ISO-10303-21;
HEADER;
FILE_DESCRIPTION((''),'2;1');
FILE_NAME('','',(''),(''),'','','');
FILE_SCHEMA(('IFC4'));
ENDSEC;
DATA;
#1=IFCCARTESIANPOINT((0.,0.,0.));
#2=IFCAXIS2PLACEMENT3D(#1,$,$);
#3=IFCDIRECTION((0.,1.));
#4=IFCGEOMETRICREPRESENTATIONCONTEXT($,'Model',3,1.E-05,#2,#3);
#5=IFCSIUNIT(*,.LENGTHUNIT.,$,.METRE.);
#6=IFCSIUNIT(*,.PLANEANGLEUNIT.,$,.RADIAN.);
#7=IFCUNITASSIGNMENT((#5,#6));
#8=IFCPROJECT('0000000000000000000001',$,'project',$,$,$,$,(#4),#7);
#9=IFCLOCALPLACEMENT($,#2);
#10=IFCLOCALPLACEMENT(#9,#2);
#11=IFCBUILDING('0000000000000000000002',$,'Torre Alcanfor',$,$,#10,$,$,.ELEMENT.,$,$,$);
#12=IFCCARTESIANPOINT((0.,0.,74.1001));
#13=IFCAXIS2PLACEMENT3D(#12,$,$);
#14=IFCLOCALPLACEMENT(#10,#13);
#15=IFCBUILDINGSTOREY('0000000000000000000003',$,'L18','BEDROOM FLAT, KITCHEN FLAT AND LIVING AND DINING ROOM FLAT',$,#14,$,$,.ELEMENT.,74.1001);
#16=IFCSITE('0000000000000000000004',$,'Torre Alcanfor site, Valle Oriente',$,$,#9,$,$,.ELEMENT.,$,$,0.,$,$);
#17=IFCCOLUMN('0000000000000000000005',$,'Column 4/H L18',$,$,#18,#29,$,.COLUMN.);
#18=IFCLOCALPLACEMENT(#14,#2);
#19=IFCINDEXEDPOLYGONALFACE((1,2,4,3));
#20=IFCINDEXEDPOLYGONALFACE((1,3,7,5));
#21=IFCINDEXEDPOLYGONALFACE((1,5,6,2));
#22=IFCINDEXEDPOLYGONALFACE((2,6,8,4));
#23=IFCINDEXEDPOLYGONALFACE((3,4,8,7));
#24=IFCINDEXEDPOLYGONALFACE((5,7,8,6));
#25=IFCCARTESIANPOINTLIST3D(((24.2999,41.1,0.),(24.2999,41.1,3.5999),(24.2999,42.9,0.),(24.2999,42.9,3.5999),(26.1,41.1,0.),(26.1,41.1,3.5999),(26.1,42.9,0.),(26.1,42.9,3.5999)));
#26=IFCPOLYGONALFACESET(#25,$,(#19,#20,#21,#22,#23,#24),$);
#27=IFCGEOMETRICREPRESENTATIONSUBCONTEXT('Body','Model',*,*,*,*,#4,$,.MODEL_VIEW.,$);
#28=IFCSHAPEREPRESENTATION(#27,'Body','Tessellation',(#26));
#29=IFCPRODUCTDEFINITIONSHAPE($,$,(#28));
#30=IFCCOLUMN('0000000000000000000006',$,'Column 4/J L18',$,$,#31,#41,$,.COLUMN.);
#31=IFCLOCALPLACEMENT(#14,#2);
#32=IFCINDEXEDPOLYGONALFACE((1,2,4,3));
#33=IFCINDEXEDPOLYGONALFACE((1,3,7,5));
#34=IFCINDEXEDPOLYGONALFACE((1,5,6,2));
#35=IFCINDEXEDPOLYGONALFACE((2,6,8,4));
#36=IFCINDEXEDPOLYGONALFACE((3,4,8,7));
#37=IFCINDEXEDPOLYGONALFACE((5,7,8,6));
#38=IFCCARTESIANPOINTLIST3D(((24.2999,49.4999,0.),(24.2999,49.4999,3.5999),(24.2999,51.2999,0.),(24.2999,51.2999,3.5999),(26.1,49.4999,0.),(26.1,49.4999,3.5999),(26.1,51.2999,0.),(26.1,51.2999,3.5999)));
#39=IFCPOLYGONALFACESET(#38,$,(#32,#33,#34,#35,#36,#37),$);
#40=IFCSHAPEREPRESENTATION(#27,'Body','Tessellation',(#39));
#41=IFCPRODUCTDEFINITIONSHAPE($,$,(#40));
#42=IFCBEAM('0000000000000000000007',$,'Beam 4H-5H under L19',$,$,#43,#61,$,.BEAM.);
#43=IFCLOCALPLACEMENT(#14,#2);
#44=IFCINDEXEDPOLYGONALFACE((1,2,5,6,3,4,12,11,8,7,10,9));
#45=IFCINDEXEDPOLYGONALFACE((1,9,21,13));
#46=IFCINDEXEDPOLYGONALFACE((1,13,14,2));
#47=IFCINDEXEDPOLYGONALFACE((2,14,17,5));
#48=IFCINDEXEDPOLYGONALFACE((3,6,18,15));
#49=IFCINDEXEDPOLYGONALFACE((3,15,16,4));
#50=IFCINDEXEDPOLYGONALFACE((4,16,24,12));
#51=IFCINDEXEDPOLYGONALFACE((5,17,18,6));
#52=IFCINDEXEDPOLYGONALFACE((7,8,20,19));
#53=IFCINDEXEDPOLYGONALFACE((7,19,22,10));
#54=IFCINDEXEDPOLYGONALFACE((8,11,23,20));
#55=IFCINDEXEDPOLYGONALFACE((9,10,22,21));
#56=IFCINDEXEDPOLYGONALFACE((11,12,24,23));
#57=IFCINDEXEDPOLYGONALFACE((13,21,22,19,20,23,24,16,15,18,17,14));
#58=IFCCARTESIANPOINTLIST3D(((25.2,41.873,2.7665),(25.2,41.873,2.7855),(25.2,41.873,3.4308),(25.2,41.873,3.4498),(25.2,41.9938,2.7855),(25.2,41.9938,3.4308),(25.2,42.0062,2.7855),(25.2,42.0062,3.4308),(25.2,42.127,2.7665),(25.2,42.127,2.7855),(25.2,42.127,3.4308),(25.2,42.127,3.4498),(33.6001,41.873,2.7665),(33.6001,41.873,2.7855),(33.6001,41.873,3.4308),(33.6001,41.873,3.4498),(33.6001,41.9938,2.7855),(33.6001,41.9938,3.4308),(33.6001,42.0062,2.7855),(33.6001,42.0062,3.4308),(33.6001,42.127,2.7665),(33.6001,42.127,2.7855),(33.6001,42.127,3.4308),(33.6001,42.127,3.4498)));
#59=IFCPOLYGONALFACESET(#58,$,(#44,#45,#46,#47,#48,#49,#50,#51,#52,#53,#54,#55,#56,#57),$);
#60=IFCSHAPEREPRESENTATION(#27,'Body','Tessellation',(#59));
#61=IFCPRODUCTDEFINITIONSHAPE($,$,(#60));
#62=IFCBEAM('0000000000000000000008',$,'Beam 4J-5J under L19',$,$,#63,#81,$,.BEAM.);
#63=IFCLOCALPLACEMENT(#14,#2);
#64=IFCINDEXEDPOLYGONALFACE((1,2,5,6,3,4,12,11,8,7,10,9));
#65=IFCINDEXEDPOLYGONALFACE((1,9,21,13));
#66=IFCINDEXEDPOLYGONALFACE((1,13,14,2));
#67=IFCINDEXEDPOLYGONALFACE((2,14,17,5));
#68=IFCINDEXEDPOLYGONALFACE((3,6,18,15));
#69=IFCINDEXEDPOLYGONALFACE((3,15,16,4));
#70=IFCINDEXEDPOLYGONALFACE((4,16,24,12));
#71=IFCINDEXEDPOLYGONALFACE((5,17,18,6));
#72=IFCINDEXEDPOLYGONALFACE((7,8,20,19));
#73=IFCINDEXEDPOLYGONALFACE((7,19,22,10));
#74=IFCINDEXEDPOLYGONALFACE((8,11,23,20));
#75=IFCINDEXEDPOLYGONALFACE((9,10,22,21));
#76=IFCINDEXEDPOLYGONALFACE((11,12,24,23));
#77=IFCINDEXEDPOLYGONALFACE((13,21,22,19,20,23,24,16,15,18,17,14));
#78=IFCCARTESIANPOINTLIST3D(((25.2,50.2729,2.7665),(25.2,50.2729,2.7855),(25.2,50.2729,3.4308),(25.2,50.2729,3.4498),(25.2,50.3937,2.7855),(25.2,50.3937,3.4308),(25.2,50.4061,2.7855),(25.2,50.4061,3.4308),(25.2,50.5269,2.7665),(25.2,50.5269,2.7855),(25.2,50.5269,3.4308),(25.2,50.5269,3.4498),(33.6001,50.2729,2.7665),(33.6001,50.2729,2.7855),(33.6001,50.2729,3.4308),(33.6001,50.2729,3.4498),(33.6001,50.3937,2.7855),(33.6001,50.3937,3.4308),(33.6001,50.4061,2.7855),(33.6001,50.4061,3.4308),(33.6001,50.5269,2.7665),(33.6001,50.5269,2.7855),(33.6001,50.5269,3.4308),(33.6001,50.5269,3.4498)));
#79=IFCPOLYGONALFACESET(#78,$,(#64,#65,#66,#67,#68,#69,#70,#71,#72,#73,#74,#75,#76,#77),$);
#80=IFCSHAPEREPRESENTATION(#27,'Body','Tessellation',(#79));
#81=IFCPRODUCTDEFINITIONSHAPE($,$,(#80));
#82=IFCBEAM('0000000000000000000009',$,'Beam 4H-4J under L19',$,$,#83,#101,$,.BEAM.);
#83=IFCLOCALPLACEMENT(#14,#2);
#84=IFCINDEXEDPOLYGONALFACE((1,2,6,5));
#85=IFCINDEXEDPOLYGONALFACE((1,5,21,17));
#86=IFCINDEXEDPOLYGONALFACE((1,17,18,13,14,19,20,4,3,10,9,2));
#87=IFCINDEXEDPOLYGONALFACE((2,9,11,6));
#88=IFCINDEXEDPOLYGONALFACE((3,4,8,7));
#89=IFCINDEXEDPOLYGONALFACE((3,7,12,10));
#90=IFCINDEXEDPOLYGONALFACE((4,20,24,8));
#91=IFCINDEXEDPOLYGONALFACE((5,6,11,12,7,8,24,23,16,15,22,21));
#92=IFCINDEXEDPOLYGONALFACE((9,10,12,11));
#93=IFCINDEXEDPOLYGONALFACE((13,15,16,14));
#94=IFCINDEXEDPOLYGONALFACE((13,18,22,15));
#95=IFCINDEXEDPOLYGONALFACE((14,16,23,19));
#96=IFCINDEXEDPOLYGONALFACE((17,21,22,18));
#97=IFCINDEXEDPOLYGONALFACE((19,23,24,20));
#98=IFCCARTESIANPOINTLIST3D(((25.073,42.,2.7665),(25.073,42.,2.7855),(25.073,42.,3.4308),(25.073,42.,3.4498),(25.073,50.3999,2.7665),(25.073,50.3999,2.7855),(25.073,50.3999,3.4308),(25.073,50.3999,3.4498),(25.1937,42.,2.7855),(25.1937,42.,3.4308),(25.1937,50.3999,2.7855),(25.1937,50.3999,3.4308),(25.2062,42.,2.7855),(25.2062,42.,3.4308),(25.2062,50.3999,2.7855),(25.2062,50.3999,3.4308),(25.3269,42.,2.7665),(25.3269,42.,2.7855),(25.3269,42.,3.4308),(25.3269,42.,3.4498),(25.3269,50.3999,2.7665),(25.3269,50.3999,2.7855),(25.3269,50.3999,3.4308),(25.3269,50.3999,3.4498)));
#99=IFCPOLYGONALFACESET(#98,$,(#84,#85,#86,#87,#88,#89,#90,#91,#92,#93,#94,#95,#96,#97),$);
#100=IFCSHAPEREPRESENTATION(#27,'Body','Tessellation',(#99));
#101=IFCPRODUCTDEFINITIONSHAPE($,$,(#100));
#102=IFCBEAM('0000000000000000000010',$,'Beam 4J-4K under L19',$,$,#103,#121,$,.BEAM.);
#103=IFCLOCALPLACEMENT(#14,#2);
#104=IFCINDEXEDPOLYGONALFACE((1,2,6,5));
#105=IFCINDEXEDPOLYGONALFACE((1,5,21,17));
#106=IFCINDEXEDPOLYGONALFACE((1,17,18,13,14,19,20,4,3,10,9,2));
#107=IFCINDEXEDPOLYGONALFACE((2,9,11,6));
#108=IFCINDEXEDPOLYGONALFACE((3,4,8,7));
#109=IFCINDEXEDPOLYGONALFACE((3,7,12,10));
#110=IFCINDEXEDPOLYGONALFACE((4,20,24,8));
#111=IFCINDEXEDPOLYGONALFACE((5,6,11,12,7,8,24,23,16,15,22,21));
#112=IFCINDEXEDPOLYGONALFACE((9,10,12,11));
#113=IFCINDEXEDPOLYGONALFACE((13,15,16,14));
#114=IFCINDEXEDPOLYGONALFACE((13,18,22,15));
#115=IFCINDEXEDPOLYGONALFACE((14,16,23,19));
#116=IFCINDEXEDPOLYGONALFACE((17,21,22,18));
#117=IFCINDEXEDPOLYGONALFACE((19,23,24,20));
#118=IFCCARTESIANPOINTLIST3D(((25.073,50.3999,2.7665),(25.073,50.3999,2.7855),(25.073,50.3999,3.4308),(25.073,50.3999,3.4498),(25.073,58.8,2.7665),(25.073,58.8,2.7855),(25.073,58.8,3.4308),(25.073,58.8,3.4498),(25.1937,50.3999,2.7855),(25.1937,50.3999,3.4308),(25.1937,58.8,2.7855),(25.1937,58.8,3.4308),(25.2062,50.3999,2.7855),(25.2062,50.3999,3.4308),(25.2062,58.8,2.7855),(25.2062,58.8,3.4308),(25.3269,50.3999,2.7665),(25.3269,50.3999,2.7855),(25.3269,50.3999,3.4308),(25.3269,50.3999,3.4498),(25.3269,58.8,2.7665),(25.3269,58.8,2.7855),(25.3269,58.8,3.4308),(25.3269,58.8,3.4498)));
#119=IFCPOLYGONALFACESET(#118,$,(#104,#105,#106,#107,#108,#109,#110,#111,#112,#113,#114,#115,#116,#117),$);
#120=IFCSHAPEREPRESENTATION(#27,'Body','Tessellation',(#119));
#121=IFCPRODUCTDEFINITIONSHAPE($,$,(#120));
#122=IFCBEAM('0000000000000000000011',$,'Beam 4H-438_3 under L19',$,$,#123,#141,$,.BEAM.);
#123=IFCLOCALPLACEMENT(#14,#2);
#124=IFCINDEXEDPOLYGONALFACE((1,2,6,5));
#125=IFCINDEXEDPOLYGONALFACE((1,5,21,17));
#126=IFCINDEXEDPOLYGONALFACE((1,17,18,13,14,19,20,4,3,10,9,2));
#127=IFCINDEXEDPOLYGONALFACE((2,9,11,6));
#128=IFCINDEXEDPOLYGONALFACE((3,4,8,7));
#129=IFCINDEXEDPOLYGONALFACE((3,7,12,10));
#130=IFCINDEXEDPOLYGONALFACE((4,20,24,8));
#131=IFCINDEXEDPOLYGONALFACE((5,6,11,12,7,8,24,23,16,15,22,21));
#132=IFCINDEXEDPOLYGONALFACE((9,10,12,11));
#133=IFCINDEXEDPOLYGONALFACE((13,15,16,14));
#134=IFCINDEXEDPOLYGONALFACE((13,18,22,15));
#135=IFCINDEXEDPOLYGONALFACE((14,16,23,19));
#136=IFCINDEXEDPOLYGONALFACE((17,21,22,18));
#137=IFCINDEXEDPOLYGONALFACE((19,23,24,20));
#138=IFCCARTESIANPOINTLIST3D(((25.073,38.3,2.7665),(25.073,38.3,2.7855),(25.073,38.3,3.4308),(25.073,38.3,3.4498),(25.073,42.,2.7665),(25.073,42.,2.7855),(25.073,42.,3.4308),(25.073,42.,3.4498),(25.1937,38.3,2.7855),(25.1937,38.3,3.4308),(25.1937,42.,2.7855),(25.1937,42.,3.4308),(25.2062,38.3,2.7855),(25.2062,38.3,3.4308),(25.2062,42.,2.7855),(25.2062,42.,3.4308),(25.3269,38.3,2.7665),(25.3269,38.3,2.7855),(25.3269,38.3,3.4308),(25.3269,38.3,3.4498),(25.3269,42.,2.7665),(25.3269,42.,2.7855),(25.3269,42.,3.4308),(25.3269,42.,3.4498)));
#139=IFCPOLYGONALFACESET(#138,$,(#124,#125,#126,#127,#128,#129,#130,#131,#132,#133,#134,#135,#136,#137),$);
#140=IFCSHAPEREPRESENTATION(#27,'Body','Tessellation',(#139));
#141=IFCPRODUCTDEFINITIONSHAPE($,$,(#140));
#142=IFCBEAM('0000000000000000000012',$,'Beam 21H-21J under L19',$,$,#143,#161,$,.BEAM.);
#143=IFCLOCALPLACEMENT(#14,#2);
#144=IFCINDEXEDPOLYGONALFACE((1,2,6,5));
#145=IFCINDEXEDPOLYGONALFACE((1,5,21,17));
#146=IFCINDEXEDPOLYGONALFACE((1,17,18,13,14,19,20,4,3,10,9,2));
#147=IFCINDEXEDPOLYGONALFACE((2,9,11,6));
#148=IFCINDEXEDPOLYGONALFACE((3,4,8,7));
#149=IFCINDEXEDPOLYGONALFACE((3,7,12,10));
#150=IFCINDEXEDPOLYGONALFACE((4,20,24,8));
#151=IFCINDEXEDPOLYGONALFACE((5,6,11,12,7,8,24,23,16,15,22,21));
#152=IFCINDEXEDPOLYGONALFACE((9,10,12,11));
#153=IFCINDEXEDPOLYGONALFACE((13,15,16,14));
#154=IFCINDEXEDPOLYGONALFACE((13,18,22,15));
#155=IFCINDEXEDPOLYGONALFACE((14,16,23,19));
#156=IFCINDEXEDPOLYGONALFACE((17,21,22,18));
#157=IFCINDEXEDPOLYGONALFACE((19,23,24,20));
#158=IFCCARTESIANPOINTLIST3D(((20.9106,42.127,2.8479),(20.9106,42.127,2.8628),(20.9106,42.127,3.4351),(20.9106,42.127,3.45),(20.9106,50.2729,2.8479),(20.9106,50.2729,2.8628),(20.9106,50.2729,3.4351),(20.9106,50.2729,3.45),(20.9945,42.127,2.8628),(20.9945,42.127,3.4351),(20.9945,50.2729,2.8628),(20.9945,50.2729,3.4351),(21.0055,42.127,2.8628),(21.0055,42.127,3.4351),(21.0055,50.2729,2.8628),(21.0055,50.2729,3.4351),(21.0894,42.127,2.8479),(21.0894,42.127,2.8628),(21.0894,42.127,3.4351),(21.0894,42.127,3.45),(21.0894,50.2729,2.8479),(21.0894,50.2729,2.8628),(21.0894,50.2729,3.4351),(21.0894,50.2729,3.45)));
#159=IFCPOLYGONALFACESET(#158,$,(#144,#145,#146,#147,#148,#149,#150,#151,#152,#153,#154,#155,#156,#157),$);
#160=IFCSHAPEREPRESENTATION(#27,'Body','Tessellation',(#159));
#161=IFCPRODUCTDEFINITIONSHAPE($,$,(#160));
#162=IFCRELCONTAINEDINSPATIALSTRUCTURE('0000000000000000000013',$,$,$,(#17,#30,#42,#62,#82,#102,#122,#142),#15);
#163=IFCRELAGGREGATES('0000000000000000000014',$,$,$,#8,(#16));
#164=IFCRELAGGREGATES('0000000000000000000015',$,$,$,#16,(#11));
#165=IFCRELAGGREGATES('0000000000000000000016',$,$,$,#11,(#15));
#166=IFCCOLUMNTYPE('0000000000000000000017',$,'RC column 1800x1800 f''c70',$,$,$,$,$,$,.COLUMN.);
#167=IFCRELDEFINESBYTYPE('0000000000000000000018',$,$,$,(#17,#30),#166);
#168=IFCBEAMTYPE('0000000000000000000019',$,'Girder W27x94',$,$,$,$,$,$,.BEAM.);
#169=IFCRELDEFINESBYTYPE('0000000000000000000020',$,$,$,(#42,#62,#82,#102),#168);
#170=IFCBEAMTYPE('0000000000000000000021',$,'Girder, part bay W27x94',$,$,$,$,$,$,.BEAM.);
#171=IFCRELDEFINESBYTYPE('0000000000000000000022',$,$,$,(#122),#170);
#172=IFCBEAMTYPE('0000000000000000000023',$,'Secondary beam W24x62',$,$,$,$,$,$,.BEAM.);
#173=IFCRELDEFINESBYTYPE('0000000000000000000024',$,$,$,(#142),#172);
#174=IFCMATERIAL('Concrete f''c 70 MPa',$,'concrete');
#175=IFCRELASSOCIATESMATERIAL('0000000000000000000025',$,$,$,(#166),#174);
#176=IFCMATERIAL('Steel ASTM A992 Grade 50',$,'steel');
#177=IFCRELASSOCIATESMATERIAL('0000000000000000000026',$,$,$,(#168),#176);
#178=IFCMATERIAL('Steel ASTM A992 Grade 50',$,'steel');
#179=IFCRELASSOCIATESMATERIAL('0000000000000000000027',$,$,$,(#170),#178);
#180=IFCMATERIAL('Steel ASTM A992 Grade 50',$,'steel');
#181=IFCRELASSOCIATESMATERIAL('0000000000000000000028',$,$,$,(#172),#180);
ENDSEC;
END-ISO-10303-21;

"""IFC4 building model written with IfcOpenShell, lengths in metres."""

from ifc_helpers import new_model, si_unit, direction, frame, origin, origin_2d, place, context, subcontext, project, spatial, rectangle, i_section, extrude, material, material_profile, profile_set, type_object, element, save


model = new_model("IFC4")

# Units and contexts
model_context = context("Model", 3, precision=1e-05, world=origin(), true_north=direction((0.0, 1.0)))
body_context = subcontext(model_context, "Body", "Model", "MODEL_VIEW")
ifc_project = project(units=[si_unit("LENGTHUNIT", "METRE"), si_unit("PLANEANGLEUNIT", "RADIAN")], contexts=[model_context])

# Site, building, storey
site_placement = place(None, origin())
site = spatial("IfcSite", under=ifc_project, at=site_placement, Name="Torre Alcanfor site, Valle Oriente", CompositionType="ELEMENT", RefElevation=0.0)
building_placement = place(site_placement, origin())
building = spatial("IfcBuilding", under=site, at=building_placement, Name="Torre Alcanfor", CompositionType="ELEMENT")
storey_placement = place(building_placement, frame((0.0, 0.0, 74.1001)))
storey = spatial("IfcBuildingStorey", under=building, at=storey_placement, Name="L18", Description="BEDROOM FLAT, KITCHEN FLAT AND LIVING AND DINING ROOM FLAT", CompositionType="ELEMENT", Elevation=74.1001)

# Columns
ifc_material_1 = material(Name="Concrete f'c 70 MPa", Category="concrete")
ifc_material_profile_1 = material_profile(ifc_material_1, rectangle(XDim=1.8, YDim=1.8, at=origin_2d()), Name="1800x1800")
ifc_profile_set_1 = profile_set([ifc_material_profile_1], Name="Concrete f'c 70 MPa")
column_type = type_object("IfcColumnType", Name="RC column 1800x1800 f'c70", PredefinedType="COLUMN", material=ifc_profile_set_1)
for number, where, z_axis, x_axis, name in (
    (1, (25.2, 42.0, 0.0), (0.0, 0.0, 1.0), (1.0, 0.0, 0.0), "Column 4/H L18"),
    (2, (25.2, 50.3999, 0.0), (0.0, 0.0, 1.0), (1.0, 0.0, 0.0), "Column 4/J L18"),
):
    element("IfcColumn", number, at=place(storey_placement, frame(where, z_axis=z_axis, x_axis=x_axis)), inside=storey, type_object=column_type, Name=name, PredefinedType="COLUMN", context=body_context, shape_type="SweptSolid", body=[
        extrude(rectangle(XDim=1.8, YDim=1.8, at=origin_2d()), origin(), (0.0, 0.0, 1.0), 3.5999),
    ])

# Beams
ifc_material_2 = material(Name="Steel ASTM A992 Grade 50", Category="steel")
ifc_material_profile_2 = material_profile(ifc_material_2, i_section(OverallWidth=0.2539, OverallDepth=0.6833, WebThickness=0.0125, FlangeThickness=0.019, at=origin_2d()), Name="W27x94")
ifc_profile_set_2 = profile_set([ifc_material_profile_2], Name="Steel ASTM A992 Grade 50")
beam_type_1 = type_object("IfcBeamType", Name="Girder W27x94", PredefinedType="BEAM", material=ifc_profile_set_2)
for number, where, z_axis, x_axis, name in (
    (3, (25.2, 42.0, 3.1082), (1.0, 0.0, 0.0), (0.0, 1.0, 0.0), "Beam 4H-5H under L19"),
    (4, (25.2, 50.3999, 3.1082), (1.0, 0.0, 0.0), (0.0, 1.0, 0.0), "Beam 4J-5J under L19"),
):
    element("IfcBeam", number, at=place(storey_placement, frame(where, z_axis=z_axis, x_axis=x_axis)), inside=storey, type_object=beam_type_1, Name=name, PredefinedType="BEAM", context=body_context, shape_type="SweptSolid", body=[
        extrude(i_section(OverallWidth=0.2539, OverallDepth=0.6833, WebThickness=0.0125, FlangeThickness=0.019, at=origin_2d()), origin(), (0.0, 0.0, 1.0), 8.4001),
    ])
beam_1_placement = place(storey_placement, frame((25.2, 42.0, 3.1082), z_axis=(0.0, 1.0, 0.0), x_axis=(-1.0, 0.0, 0.0)))
element("IfcBeam", 5, at=beam_1_placement, inside=storey, type_object=beam_type_1, Name="Beam 4H-4J under L19", PredefinedType="BEAM", context=body_context, shape_type="SweptSolid", body=[
    extrude(i_section(OverallWidth=0.2539, OverallDepth=0.6833, WebThickness=0.0125, FlangeThickness=0.019, at=origin_2d()), origin(), (0.0, 0.0, 1.0), 8.3999),
])
beam_2_placement = place(storey_placement, frame((25.2, 50.3999, 3.1082), z_axis=(0.0, 1.0, 0.0), x_axis=(-1.0, 0.0, 0.0)))
element("IfcBeam", 6, at=beam_2_placement, inside=storey, type_object=beam_type_1, Name="Beam 4J-4K under L19", PredefinedType="BEAM", context=body_context, shape_type="SweptSolid", body=[
    extrude(i_section(OverallWidth=0.2539, OverallDepth=0.6833, WebThickness=0.0125, FlangeThickness=0.019, at=origin_2d()), origin(), (0.0, 0.0, 1.0), 8.4001),
])
ifc_material_3 = material(Name="Steel ASTM A992 Grade 50", Category="steel")
ifc_material_profile_3 = material_profile(ifc_material_3, i_section(OverallWidth=0.2539, OverallDepth=0.6833, WebThickness=0.0125, FlangeThickness=0.019, at=origin_2d()), Name="W27x94")
ifc_profile_set_3 = profile_set([ifc_material_profile_3], Name="Steel ASTM A992 Grade 50")
beam_type_2 = type_object("IfcBeamType", Name="Girder, part bay W27x94", PredefinedType="BEAM", material=ifc_profile_set_3)
beam_3_placement = place(storey_placement, frame((25.2, 42.0, 3.1082), z_axis=(0.0, -1.0, 0.0), x_axis=(1.0, 0.0, 0.0)))
element("IfcBeam", 7, at=beam_3_placement, inside=storey, type_object=beam_type_2, Name="Beam 4H-438_3 under L19", PredefinedType="BEAM", context=body_context, shape_type="SweptSolid", body=[
    extrude(i_section(OverallWidth=0.2539, OverallDepth=0.6833, WebThickness=0.0125, FlangeThickness=0.019, at=origin_2d()), origin(), (0.0, 0.0, 1.0), 3.7),
])
ifc_material_4 = material(Name="Steel ASTM A992 Grade 50", Category="steel")
ifc_material_profile_4 = material_profile(ifc_material_4, i_section(OverallWidth=0.1787, OverallDepth=0.6021, WebThickness=0.011, FlangeThickness=0.0149, at=origin_2d()), Name="W24x62")
ifc_profile_set_4 = profile_set([ifc_material_profile_4], Name="Steel ASTM A992 Grade 50")
beam_type_3 = type_object("IfcBeamType", Name="Secondary beam W24x62", PredefinedType="BEAM", material=ifc_profile_set_4)
beam_4_placement = place(storey_placement, frame((21.0, 42.127, 3.1489), z_axis=(0.0, 1.0, 0.0), x_axis=(-1.0, 0.0, 0.0)))
element("IfcBeam", 8, at=beam_4_placement, inside=storey, type_object=beam_type_3, Name="Beam 21H-21J under L19", PredefinedType="BEAM", context=body_context, shape_type="SweptSolid", body=[
    extrude(i_section(OverallWidth=0.1787, OverallDepth=0.6021, WebThickness=0.011, FlangeThickness=0.0149, at=origin_2d()), origin(), (0.0, 0.0, 1.0), 8.146),
])

save(model, "model.ifc")
